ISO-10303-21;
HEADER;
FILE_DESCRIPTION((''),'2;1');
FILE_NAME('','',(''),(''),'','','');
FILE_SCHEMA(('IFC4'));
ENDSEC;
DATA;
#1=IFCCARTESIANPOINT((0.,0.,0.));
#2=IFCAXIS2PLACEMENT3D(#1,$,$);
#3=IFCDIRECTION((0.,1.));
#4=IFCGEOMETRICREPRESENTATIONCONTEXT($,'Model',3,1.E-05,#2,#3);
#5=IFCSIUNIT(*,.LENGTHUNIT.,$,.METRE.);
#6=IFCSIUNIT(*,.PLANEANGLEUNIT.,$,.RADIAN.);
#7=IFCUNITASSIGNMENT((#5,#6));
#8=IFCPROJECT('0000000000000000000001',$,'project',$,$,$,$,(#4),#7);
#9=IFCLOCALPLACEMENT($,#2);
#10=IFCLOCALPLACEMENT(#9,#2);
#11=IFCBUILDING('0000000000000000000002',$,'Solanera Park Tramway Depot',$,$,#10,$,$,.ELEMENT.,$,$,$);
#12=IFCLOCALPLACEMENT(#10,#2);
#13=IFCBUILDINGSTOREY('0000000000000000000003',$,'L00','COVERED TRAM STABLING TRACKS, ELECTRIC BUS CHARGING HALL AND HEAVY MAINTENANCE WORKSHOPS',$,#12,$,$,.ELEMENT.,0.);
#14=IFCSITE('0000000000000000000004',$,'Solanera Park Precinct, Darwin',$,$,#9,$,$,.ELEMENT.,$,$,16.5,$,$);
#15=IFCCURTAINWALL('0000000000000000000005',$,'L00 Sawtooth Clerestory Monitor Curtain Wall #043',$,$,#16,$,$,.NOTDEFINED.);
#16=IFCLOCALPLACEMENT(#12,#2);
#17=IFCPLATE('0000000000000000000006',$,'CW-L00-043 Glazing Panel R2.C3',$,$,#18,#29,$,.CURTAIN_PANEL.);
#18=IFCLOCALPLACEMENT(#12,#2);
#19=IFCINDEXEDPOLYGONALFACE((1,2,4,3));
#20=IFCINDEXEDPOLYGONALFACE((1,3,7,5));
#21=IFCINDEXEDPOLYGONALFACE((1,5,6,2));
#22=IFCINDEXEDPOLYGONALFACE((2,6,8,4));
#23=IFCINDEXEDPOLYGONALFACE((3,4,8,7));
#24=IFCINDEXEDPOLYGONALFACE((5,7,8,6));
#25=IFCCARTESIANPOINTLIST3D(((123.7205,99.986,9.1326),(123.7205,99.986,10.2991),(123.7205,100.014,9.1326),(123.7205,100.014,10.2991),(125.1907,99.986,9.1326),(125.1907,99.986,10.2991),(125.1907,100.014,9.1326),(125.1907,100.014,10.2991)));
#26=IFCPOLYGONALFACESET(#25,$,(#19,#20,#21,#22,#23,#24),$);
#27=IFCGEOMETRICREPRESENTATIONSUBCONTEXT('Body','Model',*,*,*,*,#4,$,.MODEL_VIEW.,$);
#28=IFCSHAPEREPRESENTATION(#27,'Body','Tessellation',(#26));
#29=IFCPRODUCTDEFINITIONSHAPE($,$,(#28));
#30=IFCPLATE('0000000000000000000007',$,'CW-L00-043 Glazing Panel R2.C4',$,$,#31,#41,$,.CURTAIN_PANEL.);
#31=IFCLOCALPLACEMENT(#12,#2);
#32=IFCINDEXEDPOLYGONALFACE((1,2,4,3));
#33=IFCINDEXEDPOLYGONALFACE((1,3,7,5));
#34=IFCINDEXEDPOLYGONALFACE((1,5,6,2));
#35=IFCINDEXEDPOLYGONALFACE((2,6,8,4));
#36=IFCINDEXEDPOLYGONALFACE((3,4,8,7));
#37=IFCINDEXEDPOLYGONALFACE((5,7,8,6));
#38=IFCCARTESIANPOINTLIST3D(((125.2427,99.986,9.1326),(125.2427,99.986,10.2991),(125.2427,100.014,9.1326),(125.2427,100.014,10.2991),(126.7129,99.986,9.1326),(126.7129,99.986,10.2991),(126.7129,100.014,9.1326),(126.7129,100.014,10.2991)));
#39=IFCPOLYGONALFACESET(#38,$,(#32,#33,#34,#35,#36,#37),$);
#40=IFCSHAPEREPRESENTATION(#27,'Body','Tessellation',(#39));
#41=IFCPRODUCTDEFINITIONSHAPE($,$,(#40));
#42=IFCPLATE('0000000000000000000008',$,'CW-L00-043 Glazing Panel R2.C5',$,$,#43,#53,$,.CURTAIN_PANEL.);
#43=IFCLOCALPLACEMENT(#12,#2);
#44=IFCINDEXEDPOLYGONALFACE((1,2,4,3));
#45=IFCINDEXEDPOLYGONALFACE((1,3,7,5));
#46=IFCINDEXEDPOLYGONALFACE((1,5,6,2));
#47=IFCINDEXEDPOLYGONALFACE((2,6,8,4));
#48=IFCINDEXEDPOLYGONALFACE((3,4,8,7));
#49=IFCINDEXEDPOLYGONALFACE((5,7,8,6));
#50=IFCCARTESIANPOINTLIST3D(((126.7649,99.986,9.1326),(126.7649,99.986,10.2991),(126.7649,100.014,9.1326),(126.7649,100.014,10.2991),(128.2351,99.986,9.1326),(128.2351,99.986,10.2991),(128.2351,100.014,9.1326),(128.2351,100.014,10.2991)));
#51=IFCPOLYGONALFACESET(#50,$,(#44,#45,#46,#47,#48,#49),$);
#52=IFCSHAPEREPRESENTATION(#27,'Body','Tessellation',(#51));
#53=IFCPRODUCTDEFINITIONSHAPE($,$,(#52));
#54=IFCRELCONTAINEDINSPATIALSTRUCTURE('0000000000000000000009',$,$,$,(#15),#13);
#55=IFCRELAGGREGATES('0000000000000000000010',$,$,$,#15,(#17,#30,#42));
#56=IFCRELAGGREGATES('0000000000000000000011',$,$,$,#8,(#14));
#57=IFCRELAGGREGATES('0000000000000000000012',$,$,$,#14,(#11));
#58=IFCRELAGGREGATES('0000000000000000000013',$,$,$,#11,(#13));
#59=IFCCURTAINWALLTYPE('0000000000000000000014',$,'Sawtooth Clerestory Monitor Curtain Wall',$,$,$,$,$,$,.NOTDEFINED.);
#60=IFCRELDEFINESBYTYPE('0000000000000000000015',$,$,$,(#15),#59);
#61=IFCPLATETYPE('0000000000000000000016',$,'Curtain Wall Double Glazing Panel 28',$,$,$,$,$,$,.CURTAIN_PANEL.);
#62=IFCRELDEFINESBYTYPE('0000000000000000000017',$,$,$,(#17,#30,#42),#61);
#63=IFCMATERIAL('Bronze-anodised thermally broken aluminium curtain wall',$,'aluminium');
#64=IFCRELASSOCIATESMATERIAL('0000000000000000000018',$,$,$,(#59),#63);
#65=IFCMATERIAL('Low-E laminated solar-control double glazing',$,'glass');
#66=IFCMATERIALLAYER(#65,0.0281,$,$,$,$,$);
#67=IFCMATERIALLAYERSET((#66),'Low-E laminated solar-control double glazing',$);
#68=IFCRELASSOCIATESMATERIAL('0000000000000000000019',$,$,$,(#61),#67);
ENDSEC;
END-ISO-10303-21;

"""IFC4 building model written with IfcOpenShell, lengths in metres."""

from ifc_helpers import new_model, si_unit, direction, frame, origin, origin_2d, place, context, subcontext, project, spatial, rectangle, extrude, material, layer, layer_set, type_object, element, aggregate, save


model = new_model("IFC4")

# Units and contexts
model_context = context("Model", 3, precision=1e-05, world=origin(), true_north=direction((0.0, 1.0)))
body_context = subcontext(model_context, "Body", "Model", "MODEL_VIEW")
ifc_project = project(units=[si_unit("LENGTHUNIT", "METRE"), si_unit("PLANEANGLEUNIT", "RADIAN")], contexts=[model_context])

# Site, building, storey
site_placement = place(None, origin())
site = spatial("IfcSite", under=ifc_project, at=site_placement, Name="Solanera Park Precinct, Darwin", CompositionType="ELEMENT", RefElevation=16.5)
building_placement = place(site_placement, origin())
building = spatial("IfcBuilding", under=site, at=building_placement, Name="Solanera Park Tramway Depot", CompositionType="ELEMENT")
storey_placement = place(building_placement, origin())
storey = spatial("IfcBuildingStorey", under=building, at=storey_placement, Name="L00", Description="COVERED TRAM STABLING TRACKS, ELECTRIC BUS CHARGING HALL AND HEAVY MAINTENANCE WORKSHOPS", CompositionType="ELEMENT", Elevation=0.0)

# Curtain wall, plates
ifc_material_1 = material(Name="Bronze-anodised thermally broken aluminium curtain wall", Category="aluminium")
curtain_wall_type = type_object("IfcCurtainWallType", Name="Sawtooth Clerestory Monitor Curtain Wall", PredefinedType="NOTDEFINED", material=ifc_material_1)
curtain_wall_placement = place(storey_placement, origin())
curtain_wall = element("IfcCurtainWall", 1, at=curtain_wall_placement, inside=storey, type_object=curtain_wall_type, Name="L00 Sawtooth Clerestory Monitor Curtain Wall #043", PredefinedType="NOTDEFINED")
ifc_material_2 = material(Name="Low-E laminated solar-control double glazing", Category="glass")
ifc_layer = layer(ifc_material_2, 0.0281)
ifc_layer_set = layer_set([ifc_layer], Name="Low-E laminated solar-control double glazing")
plate_type = type_object("IfcPlateType", Name="Curtain Wall Double Glazing Panel 28", PredefinedType="CURTAIN_PANEL", material=ifc_layer_set)
plate_1_placement = place(storey_placement, frame((124.4556, 100.0, 9.1326), z_axis=(0.0, 0.0, 1.0), x_axis=(1.0, 0.0, 0.0)))
plate_1 = element("IfcPlate", 2, at=plate_1_placement, type_object=plate_type, Name="CW-L00-043 Glazing Panel R2.C3", PredefinedType="CURTAIN_PANEL", context=body_context, shape_type="SweptSolid", body=[
    extrude(rectangle(XDim=1.4702, YDim=0.0281, at=origin_2d()), origin(), (0.0, 0.0, 1.0), 1.1665),
])
plate_2_placement = place(storey_placement, frame((125.9778, 100.0, 9.1326), z_axis=(0.0, 0.0, 1.0), x_axis=(1.0, 0.0, 0.0)))
plate_2 = element("IfcPlate", 3, at=plate_2_placement, type_object=plate_type, Name="CW-L00-043 Glazing Panel R2.C4", PredefinedType="CURTAIN_PANEL", context=body_context, shape_type="SweptSolid", body=[
    extrude(rectangle(XDim=1.4702, YDim=0.0281, at=origin_2d()), origin(), (0.0, 0.0, 1.0), 1.1665),
])
plate_3_placement = place(storey_placement, frame((127.5, 100.0, 9.1326), z_axis=(0.0, 0.0, 1.0), x_axis=(1.0, 0.0, 0.0)))
plate_3 = element("IfcPlate", 4, at=plate_3_placement, type_object=plate_type, Name="CW-L00-043 Glazing Panel R2.C5", PredefinedType="CURTAIN_PANEL", context=body_context, shape_type="SweptSolid", body=[
    extrude(rectangle(XDim=1.4702, YDim=0.0281, at=origin_2d()), origin(), (0.0, 0.0, 1.0), 1.1665),
])
aggregate(curtain_wall, [plate_1, plate_2, plate_3])

save(model, "model.ifc")
